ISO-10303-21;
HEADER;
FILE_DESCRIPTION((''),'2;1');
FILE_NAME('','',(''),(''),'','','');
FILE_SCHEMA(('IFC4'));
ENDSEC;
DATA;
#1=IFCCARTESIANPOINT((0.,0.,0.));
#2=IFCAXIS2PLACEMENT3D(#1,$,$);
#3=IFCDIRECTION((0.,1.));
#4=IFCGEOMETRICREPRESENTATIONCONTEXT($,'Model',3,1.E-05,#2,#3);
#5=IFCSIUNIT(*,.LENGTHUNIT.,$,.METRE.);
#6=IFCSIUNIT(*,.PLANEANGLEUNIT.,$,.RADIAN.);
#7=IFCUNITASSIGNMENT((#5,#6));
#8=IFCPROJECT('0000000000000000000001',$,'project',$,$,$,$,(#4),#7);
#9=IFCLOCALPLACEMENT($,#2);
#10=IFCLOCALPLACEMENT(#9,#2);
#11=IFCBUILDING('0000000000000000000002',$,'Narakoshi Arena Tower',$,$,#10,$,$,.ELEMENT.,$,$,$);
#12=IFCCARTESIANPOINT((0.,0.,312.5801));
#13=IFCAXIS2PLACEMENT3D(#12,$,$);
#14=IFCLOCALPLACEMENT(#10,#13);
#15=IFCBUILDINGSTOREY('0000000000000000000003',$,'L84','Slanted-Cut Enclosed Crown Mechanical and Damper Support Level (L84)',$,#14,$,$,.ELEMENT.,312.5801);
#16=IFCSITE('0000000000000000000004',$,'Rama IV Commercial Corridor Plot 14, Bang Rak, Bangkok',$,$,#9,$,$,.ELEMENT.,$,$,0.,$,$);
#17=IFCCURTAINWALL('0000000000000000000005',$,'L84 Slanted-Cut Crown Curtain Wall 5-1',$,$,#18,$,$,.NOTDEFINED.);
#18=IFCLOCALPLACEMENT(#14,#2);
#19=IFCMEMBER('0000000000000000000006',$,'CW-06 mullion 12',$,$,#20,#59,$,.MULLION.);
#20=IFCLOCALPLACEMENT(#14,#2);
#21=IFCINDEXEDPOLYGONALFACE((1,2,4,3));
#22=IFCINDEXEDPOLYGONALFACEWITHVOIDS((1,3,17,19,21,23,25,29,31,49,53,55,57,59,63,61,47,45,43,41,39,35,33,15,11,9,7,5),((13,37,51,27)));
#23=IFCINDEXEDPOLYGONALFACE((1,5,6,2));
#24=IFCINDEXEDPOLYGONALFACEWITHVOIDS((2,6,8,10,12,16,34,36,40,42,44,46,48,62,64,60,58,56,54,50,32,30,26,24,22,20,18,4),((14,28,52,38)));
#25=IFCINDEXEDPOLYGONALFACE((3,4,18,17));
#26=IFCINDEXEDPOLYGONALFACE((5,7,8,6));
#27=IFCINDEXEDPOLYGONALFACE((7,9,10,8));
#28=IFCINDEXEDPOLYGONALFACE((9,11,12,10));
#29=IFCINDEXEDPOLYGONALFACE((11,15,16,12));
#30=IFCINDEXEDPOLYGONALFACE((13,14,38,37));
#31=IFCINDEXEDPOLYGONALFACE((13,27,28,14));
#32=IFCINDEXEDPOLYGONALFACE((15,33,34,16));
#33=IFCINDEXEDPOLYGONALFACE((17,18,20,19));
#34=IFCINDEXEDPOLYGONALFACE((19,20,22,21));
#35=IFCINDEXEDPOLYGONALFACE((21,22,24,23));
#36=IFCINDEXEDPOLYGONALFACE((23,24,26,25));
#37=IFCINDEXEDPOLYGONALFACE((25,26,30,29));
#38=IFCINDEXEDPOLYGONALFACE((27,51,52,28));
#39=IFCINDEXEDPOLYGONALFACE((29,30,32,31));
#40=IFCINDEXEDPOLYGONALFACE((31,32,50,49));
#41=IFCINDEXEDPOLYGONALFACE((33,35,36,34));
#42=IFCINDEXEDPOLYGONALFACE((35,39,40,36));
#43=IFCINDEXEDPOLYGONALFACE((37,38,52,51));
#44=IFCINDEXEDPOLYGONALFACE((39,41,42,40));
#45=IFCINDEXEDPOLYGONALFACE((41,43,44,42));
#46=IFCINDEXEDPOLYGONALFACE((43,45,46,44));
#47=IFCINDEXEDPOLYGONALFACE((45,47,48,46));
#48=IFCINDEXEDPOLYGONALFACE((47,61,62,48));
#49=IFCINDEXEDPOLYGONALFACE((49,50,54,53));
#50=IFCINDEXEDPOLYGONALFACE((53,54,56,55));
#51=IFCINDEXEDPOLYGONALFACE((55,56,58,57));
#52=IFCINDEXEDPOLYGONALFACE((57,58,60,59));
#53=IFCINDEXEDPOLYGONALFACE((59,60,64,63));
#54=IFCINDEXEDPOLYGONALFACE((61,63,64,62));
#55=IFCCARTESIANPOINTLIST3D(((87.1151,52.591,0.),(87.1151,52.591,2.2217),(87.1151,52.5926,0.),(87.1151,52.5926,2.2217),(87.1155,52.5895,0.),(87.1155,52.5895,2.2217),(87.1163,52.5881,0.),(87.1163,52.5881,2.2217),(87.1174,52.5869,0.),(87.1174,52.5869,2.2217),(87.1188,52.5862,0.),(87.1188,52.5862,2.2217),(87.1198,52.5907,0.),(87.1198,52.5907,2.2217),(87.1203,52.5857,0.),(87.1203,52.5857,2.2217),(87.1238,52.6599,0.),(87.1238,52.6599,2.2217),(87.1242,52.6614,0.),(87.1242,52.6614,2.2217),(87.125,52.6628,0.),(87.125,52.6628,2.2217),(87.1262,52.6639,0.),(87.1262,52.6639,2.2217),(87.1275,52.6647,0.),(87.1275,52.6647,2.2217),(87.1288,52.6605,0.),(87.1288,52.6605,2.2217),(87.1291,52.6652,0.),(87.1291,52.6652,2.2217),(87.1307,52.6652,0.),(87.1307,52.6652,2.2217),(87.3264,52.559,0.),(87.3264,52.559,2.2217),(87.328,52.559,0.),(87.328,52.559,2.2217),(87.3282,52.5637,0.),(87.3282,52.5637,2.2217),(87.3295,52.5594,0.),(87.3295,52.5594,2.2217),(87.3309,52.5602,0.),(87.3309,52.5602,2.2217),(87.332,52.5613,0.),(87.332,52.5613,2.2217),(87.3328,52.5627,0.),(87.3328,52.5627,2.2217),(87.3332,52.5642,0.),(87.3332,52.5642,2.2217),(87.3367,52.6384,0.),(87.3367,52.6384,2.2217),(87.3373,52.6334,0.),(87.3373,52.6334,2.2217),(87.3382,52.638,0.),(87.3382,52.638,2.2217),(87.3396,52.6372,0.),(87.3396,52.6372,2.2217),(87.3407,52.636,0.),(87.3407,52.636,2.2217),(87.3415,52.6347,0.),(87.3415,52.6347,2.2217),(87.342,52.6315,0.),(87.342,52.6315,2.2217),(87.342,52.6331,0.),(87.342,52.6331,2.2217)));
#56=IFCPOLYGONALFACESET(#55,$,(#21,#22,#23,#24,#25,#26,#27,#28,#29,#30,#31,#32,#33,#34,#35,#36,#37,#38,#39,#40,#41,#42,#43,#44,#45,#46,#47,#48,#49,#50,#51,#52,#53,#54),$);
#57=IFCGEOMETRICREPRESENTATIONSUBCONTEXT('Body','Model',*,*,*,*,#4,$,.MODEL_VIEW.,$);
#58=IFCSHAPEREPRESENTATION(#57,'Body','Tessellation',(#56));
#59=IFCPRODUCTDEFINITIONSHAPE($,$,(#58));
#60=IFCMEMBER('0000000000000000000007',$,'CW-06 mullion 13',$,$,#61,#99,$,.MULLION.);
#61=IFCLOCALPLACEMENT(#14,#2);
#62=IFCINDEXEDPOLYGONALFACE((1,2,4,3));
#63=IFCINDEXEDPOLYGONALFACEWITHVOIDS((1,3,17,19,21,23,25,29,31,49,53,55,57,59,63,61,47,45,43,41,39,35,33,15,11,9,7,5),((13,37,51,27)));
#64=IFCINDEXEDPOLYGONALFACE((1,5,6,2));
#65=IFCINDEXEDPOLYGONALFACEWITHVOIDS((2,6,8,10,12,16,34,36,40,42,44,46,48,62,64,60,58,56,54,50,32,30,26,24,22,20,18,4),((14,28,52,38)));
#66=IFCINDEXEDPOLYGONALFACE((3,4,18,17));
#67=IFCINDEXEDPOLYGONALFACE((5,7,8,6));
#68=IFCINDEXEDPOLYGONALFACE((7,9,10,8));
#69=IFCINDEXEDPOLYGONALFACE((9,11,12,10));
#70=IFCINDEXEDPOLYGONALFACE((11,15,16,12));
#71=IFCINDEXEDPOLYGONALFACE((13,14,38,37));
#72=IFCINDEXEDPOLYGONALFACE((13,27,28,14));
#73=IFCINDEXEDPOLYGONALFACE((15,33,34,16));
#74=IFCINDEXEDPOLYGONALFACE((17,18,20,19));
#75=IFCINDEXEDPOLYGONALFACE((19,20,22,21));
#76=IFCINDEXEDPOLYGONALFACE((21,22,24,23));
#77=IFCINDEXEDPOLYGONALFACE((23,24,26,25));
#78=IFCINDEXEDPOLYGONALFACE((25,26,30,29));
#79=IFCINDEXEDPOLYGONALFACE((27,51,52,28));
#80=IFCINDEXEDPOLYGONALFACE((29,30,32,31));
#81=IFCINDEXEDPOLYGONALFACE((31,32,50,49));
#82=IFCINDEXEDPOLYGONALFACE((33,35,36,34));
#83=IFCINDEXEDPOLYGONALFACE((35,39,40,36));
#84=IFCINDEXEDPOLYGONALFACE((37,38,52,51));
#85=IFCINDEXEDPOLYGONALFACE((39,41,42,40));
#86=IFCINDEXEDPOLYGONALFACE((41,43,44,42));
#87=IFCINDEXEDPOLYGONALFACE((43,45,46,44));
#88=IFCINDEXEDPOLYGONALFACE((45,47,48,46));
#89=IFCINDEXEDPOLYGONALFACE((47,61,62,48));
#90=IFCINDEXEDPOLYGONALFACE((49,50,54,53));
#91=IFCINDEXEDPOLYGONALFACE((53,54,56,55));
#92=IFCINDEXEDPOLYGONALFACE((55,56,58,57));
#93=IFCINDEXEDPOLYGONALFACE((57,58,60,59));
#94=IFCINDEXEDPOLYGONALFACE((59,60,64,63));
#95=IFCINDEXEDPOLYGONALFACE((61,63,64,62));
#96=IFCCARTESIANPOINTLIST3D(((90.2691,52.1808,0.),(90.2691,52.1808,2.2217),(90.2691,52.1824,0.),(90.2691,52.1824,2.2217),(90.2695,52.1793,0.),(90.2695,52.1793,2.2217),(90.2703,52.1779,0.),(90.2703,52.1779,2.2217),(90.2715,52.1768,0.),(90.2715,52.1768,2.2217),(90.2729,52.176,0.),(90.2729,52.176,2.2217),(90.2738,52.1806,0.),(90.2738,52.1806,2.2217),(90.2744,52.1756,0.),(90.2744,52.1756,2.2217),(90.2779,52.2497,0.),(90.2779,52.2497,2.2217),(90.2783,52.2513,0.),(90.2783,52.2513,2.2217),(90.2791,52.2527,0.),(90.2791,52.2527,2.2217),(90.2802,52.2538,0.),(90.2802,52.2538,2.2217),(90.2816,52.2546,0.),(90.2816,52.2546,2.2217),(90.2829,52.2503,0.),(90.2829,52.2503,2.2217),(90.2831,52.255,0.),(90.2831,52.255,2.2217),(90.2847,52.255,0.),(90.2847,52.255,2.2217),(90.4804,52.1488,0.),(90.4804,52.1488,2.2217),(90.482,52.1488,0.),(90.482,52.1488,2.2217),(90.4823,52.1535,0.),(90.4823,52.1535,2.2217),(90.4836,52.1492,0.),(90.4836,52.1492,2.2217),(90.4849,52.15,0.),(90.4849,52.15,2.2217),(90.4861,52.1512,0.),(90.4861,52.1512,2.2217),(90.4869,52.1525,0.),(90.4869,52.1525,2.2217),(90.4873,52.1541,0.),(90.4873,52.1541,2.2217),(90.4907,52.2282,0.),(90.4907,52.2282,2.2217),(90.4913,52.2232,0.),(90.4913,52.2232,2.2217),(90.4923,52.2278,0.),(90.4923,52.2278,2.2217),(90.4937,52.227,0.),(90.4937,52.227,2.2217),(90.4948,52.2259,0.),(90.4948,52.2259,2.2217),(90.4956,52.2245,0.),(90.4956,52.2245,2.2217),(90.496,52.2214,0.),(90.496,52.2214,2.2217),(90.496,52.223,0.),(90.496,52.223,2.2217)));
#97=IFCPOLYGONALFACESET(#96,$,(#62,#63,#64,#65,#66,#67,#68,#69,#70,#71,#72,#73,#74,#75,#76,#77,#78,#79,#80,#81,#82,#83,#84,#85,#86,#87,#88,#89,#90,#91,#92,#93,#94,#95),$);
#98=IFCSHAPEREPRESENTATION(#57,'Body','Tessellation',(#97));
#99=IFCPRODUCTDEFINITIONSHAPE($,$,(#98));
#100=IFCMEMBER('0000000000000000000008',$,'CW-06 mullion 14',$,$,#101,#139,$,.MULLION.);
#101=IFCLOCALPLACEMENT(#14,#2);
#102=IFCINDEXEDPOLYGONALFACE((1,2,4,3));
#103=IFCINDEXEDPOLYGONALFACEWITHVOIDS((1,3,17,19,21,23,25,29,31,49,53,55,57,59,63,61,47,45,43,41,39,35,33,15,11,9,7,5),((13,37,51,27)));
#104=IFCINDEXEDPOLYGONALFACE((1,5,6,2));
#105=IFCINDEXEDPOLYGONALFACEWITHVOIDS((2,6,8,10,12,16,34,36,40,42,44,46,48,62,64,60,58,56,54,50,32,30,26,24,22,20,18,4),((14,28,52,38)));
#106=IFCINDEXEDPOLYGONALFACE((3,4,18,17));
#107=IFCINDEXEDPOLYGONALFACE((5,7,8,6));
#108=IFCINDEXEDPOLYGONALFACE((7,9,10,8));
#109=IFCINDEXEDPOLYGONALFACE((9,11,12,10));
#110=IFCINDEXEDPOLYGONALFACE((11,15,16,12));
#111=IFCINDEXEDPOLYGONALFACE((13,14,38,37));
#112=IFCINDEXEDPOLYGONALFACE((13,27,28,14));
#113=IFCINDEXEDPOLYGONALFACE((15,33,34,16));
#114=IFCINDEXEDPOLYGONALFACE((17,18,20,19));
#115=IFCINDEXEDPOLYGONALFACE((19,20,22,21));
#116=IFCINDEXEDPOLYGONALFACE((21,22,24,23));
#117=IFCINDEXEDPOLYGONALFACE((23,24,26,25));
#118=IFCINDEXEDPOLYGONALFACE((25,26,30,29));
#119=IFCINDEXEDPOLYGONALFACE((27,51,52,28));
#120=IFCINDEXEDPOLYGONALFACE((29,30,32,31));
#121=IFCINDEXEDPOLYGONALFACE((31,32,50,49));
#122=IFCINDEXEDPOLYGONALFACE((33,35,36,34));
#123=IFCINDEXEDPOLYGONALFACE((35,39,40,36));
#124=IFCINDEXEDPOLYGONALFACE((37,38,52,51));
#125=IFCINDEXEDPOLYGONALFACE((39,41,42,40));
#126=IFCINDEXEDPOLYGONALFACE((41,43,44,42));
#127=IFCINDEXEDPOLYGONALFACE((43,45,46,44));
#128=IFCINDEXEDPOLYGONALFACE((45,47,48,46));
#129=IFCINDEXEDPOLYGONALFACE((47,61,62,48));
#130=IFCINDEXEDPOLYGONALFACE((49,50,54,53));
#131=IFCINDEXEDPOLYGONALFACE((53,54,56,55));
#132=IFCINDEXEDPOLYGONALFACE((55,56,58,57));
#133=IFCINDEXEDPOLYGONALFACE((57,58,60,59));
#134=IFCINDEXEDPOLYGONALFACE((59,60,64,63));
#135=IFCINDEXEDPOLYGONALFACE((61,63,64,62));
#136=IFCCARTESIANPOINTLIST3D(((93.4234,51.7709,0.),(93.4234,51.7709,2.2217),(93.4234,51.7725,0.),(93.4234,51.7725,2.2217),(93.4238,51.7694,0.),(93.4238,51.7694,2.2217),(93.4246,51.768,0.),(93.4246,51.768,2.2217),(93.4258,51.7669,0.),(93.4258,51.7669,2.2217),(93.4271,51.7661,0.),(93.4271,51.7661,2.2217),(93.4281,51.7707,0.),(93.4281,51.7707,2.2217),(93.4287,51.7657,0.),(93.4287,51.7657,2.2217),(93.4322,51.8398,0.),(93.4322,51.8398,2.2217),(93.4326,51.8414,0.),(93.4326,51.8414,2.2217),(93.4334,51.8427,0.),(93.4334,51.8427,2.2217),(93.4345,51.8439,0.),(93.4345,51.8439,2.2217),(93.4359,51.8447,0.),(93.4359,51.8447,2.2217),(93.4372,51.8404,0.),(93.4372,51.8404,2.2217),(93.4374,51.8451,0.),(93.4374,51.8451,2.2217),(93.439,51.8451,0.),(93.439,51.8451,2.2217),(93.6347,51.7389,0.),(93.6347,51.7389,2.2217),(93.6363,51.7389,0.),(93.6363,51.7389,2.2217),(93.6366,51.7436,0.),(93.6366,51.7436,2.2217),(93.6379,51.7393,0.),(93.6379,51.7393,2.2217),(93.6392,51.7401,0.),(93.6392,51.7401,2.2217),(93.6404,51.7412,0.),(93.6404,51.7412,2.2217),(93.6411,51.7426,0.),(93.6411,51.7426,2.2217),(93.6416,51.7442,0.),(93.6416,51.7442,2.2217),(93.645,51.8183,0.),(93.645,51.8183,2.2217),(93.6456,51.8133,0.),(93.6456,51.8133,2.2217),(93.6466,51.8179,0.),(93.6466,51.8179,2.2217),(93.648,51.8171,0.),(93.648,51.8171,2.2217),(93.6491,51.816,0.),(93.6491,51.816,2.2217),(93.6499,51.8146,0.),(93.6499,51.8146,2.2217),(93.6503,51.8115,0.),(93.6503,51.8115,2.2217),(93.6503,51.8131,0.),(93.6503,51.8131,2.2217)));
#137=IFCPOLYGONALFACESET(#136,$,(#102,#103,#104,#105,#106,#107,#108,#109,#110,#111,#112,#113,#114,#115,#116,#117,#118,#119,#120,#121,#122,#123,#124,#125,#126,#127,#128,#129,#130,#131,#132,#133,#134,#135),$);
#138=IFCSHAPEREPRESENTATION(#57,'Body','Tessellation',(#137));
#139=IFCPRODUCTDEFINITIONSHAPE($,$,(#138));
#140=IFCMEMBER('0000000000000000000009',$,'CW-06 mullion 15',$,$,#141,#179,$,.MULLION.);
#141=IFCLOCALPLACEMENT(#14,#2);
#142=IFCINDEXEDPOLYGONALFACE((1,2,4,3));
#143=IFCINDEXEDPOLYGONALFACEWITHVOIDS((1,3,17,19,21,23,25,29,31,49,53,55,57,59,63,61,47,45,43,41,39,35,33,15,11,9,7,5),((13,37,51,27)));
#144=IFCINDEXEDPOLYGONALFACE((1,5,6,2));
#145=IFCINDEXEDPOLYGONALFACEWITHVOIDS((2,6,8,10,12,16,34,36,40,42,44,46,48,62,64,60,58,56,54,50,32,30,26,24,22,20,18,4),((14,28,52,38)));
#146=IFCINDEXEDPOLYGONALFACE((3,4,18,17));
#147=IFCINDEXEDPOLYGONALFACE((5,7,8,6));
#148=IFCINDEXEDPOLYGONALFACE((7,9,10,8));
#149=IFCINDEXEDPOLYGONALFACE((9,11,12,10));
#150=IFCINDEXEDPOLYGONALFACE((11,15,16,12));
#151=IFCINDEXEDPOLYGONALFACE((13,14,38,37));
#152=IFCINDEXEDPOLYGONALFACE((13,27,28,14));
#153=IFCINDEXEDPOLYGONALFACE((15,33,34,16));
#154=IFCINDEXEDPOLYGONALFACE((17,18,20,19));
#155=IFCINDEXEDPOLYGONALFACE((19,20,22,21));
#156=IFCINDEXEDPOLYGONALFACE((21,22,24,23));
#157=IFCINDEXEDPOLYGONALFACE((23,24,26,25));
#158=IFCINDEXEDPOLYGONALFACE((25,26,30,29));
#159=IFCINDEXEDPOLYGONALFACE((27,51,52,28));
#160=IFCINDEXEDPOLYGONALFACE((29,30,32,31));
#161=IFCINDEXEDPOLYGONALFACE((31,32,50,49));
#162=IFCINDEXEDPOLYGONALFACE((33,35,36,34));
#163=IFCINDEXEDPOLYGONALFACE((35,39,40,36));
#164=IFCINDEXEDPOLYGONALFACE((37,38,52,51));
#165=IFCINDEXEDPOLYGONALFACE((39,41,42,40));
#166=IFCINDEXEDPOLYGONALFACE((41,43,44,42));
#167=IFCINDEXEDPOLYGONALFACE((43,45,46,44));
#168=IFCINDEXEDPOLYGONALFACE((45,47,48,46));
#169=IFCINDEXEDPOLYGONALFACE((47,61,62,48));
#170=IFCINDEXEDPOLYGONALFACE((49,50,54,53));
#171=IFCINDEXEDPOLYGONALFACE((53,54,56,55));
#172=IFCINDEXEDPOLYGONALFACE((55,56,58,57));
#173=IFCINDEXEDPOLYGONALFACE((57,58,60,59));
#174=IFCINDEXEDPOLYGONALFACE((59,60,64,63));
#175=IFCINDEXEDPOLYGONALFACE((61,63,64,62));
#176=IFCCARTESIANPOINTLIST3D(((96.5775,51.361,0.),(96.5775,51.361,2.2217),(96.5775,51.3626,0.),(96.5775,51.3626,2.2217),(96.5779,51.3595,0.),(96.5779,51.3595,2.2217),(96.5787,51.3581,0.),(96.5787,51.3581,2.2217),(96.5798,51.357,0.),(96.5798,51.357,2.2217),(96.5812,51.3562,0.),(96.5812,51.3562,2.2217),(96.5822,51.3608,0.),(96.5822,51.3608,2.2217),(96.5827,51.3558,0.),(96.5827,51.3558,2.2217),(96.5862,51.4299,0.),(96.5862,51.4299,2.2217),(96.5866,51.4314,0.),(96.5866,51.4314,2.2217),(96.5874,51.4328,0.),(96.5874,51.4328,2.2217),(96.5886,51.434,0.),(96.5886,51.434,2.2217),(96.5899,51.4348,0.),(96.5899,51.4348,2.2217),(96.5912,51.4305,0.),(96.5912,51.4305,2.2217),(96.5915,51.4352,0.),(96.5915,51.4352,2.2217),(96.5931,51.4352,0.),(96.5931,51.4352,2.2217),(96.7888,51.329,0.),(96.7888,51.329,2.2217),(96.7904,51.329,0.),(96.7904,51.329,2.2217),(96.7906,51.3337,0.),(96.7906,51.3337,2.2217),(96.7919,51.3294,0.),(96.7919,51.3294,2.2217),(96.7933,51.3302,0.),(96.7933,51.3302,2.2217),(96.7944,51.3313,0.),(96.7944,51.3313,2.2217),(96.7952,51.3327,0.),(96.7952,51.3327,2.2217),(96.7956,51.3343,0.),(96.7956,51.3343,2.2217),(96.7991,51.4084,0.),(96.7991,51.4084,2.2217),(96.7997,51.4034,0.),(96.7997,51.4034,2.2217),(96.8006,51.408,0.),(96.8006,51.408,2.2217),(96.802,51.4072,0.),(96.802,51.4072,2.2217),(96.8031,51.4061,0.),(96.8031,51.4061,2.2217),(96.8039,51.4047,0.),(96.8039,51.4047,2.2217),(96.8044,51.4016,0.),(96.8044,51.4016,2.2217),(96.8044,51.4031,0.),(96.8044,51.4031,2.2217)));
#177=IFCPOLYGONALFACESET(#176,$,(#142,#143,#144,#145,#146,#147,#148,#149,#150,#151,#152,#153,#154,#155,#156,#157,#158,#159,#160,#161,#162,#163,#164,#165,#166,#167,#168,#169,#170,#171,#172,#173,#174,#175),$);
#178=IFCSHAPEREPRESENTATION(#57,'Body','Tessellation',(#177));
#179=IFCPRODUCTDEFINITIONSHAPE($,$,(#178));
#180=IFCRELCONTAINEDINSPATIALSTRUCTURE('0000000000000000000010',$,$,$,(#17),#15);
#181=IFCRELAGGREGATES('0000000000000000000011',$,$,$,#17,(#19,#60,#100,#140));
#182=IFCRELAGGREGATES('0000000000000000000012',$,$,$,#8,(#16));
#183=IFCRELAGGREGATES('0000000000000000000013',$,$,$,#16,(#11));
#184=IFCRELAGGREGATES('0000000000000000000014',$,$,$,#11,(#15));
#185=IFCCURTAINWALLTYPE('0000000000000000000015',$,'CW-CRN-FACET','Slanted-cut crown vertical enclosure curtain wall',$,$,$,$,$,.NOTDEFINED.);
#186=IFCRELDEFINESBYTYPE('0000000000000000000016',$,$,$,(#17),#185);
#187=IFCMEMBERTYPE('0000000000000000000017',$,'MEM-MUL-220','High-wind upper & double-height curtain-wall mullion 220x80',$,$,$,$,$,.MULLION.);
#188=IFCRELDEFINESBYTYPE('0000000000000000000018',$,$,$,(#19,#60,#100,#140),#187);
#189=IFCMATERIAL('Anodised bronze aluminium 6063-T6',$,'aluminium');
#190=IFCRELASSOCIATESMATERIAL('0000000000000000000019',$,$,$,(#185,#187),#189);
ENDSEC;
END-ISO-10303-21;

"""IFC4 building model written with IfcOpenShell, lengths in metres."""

from ifc_helpers import new_model, si_unit, direction, frame, origin, origin_2d, place, context, subcontext, project, spatial, hollow_rectangle, extrude, material, material_profile, profile_set, type_object, element, aggregate, save


model = new_model("IFC4")

# Units and contexts
model_context = context("Model", 3, precision=1e-05, world=origin(), true_north=direction((0.0, 1.0)))
body_context = subcontext(model_context, "Body", "Model", "MODEL_VIEW")
ifc_project = project(units=[si_unit("LENGTHUNIT", "METRE"), si_unit("PLANEANGLEUNIT", "RADIAN")], contexts=[model_context])

# Site, building, storey
site_placement = place(None, origin())
site = spatial("IfcSite", under=ifc_project, at=site_placement, Name="Rama IV Commercial Corridor Plot 14, Bang Rak, Bangkok", CompositionType="ELEMENT", RefElevation=0.0)
building_placement = place(site_placement, origin())
building = spatial("IfcBuilding", under=site, at=building_placement, Name="Narakoshi Arena Tower", CompositionType="ELEMENT")
storey_placement = place(building_placement, frame((0.0, 0.0, 312.5801)))
storey = spatial("IfcBuildingStorey", under=building, at=storey_placement, Name="L84", Description="Slanted-Cut Enclosed Crown Mechanical and Damper Support Level (L84)", CompositionType="ELEMENT", Elevation=312.5801)

# Curtain wall, members
ifc_material_1 = material(Name="Anodised bronze aluminium 6063-T6", Category="aluminium")
curtain_wall_type = type_object("IfcCurtainWallType", Name="CW-CRN-FACET", Description="Slanted-cut crown vertical enclosure curtain wall", PredefinedType="NOTDEFINED", material=ifc_material_1)
curtain_wall_placement = place(storey_placement, origin())
curtain_wall = element("IfcCurtainWall", 1, at=curtain_wall_placement, inside=storey, type_object=curtain_wall_type, Name="L84 Slanted-Cut Crown Curtain Wall 5-1", PredefinedType="NOTDEFINED")
ifc_material_profile_1 = material_profile(ifc_material_1, hollow_rectangle(XDim=0.0801, YDim=0.22, WallThickness=0.0049, OuterFilletRadius=0.0061, at=origin_2d()), Name="MUL220x80x5")
ifc_profile_set_1 = profile_set([ifc_material_profile_1], Name="Anodised bronze aluminium 6063-T6")
member_type_1 = type_object("IfcMemberType", Name="MEM-MUL-220", Description="High-wind upper & double-height curtain-wall mullion 220x80", PredefinedType="MULLION", material=ifc_profile_set_1)
member_1_placement = place(storey_placement, frame((87.2285, 52.6121, 0.0), z_axis=(0.0, 0.0, 1.0), x_axis=(0.12889, 0.991659, 0.0)))
member_1 = element("IfcMember", 2, at=member_1_placement, type_object=member_type_1, Name="CW-06 mullion 12", PredefinedType="MULLION", context=body_context, shape_type="SweptSolid", body=[
    extrude(hollow_rectangle(XDim=0.0801, YDim=0.22, WallThickness=0.0049, OuterFilletRadius=0.0061, at=origin_2d()), origin(), (0.0, 0.0, 1.0), 2.2217),
])
member_2_placement = place(storey_placement, frame((90.3826, 52.2019, 0.0), z_axis=(0.0, 0.0, 1.0), x_axis=(0.12889, 0.991659, 0.0)))
member_2 = element("IfcMember", 3, at=member_2_placement, type_object=member_type_1, Name="CW-06 mullion 13", PredefinedType="MULLION", context=body_context, shape_type="SweptSolid", body=[
    extrude(hollow_rectangle(XDim=0.0801, YDim=0.22, WallThickness=0.0049, OuterFilletRadius=0.0061, at=origin_2d()), origin(), (0.0, 0.0, 1.0), 2.2217),
])
member_3_placement = place(storey_placement, frame((93.5369, 51.792, 0.0), z_axis=(0.0, 0.0, 1.0), x_axis=(0.12889, 0.991659, 0.0)))
member_3 = element("IfcMember", 4, at=member_3_placement, type_object=member_type_1, Name="CW-06 mullion 14", PredefinedType="MULLION", context=body_context, shape_type="SweptSolid", body=[
    extrude(hollow_rectangle(XDim=0.0801, YDim=0.22, WallThickness=0.0049, OuterFilletRadius=0.0061, at=origin_2d()), origin(), (0.0, 0.0, 1.0), 2.2217),
])
member_4_placement = place(storey_placement, frame((96.6909, 51.3821, 0.0), z_axis=(0.0, 0.0, 1.0), x_axis=(0.12889, 0.991659, 0.0)))
member_4 = element("IfcMember", 5, at=member_4_placement, type_object=member_type_1, Name="CW-06 mullion 15", PredefinedType="MULLION", context=body_context, shape_type="SweptSolid", body=[
    extrude(hollow_rectangle(XDim=0.0801, YDim=0.22, WallThickness=0.0049, OuterFilletRadius=0.0061, at=origin_2d()), origin(), (0.0, 0.0, 1.0), 2.2217),
])
aggregate(curtain_wall, [member_1, member_2, member_3, member_4])

save(model, "model.ifc")
